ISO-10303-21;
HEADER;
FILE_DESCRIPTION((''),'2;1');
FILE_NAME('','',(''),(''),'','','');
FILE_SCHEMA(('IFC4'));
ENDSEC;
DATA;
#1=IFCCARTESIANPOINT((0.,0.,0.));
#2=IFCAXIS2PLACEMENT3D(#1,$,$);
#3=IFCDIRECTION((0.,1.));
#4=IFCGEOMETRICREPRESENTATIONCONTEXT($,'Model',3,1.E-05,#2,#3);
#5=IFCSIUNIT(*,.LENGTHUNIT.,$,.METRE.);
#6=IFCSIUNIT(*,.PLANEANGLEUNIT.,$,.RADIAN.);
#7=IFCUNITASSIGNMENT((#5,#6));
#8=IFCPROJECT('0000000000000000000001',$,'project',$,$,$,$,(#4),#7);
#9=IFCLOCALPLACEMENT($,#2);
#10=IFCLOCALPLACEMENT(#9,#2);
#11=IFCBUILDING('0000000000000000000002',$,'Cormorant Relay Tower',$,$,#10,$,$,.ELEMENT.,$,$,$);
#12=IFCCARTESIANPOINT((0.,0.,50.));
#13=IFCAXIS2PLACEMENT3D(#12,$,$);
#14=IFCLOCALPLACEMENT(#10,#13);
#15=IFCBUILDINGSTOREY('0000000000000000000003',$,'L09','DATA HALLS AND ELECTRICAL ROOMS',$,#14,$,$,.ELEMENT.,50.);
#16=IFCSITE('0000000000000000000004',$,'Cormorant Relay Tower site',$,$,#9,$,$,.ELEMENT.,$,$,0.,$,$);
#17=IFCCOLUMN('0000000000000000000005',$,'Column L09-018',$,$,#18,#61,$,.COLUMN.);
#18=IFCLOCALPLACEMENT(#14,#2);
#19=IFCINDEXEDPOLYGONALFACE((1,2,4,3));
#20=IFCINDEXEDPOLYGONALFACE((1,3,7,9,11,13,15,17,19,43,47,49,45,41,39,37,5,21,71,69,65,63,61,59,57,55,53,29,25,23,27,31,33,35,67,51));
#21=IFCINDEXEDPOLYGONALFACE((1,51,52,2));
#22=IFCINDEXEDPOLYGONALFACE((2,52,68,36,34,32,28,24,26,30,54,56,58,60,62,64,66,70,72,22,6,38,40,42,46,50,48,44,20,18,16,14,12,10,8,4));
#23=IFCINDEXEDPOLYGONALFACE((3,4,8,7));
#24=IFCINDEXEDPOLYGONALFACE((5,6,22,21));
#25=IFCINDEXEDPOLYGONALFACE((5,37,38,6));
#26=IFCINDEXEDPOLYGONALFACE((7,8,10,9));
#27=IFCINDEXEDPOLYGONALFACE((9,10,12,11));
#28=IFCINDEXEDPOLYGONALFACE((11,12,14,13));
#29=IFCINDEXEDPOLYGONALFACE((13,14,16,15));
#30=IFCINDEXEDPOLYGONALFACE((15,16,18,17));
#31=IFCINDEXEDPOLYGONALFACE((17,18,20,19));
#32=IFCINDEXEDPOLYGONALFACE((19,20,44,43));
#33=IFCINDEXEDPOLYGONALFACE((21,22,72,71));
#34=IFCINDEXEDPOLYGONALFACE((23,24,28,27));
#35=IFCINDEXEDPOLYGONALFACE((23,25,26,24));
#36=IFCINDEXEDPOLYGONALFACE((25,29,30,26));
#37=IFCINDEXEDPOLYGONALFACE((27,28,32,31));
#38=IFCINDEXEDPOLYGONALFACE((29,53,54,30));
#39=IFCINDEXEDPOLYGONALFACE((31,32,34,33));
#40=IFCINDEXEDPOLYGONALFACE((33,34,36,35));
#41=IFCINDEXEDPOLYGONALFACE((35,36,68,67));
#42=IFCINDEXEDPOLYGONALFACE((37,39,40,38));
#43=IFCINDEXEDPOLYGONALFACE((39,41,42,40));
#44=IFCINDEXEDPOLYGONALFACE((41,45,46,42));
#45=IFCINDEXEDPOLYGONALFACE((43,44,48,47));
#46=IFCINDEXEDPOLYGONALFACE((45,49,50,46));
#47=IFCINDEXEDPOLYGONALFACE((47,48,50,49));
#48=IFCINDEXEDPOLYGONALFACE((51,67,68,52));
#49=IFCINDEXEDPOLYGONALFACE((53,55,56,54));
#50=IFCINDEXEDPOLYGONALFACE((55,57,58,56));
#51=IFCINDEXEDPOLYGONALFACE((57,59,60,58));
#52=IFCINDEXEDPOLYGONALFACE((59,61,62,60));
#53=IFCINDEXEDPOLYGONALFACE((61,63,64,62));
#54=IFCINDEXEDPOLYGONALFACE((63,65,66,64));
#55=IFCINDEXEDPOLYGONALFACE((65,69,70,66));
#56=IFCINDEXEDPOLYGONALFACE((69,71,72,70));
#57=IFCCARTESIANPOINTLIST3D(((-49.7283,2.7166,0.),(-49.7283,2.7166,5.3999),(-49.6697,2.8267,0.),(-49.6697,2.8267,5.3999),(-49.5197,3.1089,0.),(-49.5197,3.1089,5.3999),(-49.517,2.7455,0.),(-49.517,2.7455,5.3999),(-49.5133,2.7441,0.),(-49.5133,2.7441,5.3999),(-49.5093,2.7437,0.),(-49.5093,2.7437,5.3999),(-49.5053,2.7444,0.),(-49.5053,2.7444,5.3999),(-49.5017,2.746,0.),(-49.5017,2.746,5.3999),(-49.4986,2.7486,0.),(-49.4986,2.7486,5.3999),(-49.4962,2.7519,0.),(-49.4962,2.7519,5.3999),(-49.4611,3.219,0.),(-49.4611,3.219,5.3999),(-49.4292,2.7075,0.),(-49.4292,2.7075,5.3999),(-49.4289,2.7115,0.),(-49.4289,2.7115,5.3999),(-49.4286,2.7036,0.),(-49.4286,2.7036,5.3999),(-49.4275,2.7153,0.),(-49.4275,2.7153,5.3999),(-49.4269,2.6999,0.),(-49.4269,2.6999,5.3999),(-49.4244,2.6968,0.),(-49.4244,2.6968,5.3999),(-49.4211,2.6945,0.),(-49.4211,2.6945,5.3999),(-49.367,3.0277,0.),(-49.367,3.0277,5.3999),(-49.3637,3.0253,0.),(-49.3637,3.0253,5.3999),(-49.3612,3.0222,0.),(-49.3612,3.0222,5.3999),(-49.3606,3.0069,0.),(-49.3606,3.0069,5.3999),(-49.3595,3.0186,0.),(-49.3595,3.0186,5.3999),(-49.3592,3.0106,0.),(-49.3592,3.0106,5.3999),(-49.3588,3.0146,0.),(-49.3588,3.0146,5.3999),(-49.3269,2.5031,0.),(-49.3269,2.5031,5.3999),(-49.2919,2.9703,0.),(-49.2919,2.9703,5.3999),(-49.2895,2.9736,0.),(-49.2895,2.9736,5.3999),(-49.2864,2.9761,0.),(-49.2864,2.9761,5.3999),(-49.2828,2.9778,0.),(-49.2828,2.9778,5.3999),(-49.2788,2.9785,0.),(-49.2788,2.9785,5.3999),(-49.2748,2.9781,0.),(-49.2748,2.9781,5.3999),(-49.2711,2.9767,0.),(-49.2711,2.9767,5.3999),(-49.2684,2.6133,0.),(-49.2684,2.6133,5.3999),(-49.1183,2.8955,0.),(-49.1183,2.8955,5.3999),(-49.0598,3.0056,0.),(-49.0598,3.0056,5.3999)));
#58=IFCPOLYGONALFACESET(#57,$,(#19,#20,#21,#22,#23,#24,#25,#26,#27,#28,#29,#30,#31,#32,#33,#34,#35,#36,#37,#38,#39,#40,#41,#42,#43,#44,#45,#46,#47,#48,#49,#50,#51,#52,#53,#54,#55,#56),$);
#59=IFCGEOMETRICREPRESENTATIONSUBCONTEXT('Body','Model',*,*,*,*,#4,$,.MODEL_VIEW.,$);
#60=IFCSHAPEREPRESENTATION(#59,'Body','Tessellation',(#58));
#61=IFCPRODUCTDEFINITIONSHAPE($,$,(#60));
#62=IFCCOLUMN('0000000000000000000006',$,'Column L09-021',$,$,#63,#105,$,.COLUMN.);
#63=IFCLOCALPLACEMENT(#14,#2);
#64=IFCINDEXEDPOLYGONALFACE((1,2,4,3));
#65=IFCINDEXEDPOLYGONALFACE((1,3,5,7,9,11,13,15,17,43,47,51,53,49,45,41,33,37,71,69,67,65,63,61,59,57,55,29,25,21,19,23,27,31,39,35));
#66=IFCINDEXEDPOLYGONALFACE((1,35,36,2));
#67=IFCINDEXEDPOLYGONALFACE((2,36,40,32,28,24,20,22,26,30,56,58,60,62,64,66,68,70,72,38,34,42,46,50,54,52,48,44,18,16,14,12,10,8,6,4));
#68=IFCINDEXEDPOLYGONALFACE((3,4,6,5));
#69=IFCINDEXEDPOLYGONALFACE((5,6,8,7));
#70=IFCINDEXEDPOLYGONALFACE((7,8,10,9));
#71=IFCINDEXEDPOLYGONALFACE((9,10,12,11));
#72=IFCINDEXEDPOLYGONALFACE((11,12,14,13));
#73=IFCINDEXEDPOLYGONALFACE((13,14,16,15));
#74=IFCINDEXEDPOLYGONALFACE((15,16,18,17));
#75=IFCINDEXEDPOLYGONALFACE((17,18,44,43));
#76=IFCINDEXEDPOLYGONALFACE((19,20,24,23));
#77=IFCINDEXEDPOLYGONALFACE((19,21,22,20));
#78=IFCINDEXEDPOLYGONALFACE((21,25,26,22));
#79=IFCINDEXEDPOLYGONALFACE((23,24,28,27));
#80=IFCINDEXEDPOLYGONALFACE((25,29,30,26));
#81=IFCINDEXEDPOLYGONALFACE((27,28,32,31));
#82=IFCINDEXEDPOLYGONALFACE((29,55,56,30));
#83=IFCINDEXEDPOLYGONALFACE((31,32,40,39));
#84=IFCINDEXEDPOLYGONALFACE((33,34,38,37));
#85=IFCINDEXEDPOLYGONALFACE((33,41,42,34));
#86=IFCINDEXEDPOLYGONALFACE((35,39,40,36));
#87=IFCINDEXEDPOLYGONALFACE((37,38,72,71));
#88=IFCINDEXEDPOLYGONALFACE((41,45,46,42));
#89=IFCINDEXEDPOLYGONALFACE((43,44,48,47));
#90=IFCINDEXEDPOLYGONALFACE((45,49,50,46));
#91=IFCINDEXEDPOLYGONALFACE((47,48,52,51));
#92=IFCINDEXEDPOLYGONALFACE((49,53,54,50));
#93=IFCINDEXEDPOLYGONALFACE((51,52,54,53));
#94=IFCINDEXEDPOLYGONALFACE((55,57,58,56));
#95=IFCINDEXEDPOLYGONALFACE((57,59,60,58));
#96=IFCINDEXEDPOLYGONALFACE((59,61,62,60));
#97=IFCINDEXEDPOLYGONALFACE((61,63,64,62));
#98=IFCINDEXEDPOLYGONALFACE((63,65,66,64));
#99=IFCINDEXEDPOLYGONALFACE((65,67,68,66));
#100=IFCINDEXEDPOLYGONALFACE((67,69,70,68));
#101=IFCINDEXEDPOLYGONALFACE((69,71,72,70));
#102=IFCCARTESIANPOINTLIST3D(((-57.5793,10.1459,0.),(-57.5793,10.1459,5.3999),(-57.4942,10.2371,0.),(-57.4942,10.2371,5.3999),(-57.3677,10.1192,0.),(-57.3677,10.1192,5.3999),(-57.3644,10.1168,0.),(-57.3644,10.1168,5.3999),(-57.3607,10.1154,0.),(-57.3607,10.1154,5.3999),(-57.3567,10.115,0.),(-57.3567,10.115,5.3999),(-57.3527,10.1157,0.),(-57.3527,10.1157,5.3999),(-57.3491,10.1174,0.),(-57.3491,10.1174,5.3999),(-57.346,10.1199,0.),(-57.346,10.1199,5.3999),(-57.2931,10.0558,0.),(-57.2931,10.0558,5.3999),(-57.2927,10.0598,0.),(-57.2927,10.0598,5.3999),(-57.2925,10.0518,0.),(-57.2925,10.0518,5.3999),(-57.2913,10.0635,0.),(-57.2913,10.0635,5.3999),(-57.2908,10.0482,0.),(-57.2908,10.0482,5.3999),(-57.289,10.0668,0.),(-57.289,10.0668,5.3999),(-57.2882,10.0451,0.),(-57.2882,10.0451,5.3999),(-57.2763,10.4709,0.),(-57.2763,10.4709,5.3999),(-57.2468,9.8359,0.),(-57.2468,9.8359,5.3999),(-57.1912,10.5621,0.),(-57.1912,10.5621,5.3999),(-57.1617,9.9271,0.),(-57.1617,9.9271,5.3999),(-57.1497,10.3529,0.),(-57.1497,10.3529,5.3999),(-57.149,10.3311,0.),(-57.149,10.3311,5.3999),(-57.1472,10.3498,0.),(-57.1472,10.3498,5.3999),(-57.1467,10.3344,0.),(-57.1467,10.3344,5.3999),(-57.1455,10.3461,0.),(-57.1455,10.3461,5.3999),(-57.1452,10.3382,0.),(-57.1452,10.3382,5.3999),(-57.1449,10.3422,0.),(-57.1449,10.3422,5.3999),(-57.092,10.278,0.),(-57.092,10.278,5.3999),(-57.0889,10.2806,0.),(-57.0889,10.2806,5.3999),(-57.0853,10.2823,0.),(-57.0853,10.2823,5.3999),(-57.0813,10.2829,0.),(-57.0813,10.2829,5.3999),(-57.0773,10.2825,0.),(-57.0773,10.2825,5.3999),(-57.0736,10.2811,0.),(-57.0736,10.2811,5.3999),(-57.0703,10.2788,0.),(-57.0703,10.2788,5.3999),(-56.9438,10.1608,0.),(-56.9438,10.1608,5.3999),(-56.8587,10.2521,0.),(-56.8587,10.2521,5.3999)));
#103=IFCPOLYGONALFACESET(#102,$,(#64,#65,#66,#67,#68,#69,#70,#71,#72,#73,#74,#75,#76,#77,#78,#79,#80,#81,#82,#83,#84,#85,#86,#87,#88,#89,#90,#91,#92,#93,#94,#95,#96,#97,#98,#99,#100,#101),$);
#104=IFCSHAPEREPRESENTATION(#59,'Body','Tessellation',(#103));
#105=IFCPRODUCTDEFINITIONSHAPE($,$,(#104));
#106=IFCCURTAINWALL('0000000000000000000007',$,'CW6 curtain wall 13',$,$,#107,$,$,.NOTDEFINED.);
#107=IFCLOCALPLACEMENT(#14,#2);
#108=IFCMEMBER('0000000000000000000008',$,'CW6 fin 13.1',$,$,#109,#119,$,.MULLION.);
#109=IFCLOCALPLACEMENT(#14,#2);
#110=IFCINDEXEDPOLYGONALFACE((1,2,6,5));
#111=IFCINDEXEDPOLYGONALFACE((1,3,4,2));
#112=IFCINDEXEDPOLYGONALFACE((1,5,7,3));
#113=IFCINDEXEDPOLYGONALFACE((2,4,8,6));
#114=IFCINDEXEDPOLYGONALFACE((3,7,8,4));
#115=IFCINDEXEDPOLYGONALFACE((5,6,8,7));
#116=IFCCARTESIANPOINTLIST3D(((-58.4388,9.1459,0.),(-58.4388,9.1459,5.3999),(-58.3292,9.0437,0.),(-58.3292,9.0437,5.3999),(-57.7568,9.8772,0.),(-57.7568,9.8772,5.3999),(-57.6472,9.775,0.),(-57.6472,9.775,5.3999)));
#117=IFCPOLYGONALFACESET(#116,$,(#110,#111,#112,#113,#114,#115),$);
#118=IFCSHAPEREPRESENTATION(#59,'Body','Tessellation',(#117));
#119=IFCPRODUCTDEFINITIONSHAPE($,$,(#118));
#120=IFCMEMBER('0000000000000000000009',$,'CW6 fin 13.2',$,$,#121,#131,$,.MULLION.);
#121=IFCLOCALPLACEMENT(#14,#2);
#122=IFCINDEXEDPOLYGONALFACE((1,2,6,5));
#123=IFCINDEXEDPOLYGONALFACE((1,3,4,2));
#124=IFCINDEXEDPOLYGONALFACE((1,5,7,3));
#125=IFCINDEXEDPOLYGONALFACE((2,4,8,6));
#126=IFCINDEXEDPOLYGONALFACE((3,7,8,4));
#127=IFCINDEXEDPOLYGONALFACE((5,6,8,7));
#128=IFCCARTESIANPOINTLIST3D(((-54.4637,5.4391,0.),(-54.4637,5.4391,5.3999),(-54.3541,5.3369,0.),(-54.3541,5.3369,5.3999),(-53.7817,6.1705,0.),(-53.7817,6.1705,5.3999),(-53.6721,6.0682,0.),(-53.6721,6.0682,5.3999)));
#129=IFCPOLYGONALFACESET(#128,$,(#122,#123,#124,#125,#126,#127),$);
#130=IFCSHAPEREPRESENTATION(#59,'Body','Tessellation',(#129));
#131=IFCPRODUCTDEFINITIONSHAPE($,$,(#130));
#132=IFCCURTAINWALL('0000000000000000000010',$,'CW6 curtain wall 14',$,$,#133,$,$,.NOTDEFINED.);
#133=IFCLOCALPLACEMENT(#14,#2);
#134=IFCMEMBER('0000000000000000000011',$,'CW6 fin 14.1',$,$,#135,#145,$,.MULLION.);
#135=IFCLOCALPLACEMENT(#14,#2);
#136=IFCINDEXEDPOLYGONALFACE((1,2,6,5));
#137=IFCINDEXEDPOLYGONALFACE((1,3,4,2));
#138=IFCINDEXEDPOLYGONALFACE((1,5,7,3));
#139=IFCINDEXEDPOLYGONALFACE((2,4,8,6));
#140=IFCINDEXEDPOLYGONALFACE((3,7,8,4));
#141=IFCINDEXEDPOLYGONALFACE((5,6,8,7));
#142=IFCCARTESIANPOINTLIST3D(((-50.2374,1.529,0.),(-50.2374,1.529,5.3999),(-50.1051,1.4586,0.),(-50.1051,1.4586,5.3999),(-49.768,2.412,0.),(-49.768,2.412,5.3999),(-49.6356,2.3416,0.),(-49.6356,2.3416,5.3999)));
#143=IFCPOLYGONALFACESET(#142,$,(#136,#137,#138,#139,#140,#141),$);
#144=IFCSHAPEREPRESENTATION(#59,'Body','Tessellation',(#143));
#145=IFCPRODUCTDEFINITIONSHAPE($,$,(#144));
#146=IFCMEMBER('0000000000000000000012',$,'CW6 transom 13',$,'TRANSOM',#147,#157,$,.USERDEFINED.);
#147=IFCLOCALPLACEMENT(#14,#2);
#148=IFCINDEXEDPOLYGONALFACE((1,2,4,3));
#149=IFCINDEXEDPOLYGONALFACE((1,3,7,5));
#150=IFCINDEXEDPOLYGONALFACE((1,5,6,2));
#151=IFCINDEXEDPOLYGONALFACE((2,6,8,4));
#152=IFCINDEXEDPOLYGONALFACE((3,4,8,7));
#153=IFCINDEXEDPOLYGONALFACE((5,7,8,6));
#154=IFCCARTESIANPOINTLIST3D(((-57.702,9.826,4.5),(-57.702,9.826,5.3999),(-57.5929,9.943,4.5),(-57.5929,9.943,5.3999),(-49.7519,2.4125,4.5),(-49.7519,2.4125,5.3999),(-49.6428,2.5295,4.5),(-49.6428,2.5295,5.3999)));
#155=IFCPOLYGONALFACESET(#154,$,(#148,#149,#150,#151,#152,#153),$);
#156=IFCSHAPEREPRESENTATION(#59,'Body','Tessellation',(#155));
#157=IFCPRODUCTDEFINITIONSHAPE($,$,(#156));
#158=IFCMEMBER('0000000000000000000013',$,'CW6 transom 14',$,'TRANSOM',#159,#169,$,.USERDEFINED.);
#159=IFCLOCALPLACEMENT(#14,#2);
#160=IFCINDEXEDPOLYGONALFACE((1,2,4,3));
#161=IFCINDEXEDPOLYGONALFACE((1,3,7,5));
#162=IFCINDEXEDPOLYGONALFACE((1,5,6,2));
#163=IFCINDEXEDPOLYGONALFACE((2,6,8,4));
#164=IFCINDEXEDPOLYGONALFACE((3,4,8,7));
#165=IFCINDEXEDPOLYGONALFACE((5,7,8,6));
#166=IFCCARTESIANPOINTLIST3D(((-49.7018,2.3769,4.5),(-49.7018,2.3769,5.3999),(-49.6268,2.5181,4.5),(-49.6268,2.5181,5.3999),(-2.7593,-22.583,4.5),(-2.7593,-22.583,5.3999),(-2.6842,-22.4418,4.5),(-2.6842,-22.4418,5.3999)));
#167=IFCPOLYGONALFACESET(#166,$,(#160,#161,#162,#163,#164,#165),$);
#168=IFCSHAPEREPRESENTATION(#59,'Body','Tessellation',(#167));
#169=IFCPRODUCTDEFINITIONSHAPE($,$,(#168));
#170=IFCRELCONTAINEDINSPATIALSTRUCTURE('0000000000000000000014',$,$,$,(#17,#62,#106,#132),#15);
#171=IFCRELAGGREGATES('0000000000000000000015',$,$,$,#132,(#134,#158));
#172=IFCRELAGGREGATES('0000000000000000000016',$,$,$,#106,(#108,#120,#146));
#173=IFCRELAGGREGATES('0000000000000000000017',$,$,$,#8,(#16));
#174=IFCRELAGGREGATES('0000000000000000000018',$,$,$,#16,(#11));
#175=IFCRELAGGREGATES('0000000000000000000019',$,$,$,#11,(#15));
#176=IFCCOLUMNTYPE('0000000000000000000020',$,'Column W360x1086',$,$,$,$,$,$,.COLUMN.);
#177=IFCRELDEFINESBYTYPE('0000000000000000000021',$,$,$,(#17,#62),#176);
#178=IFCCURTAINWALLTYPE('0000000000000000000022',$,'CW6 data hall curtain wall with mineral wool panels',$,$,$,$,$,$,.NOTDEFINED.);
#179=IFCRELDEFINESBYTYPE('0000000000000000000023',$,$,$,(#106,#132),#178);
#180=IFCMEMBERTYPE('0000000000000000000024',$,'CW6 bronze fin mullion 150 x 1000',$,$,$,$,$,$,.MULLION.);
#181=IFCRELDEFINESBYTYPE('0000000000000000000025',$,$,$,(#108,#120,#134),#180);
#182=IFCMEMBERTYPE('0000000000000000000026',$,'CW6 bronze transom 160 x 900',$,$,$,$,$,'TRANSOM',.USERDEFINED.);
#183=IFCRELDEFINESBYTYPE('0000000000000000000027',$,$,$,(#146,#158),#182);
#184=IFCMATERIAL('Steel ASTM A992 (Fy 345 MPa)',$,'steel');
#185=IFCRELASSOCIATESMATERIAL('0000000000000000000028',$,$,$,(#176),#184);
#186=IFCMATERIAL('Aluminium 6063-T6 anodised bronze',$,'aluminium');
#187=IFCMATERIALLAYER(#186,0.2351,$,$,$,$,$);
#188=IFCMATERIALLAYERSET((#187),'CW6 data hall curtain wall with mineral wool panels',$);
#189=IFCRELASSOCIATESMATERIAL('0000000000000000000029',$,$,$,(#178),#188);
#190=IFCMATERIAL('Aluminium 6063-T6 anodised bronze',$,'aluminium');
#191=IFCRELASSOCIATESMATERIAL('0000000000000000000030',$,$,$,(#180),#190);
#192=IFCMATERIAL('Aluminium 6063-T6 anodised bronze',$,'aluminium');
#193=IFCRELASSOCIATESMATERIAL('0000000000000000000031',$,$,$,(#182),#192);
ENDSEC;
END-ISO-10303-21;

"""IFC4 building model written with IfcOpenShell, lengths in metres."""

from ifc_helpers import new_model, si_unit, direction, frame, origin, origin_2d, place, context, subcontext, project, spatial, rectangle, i_section, extrude, material, layer, layer_set, material_profile, profile_set, type_object, element, aggregate, save


model = new_model("IFC4")

# Units and contexts
model_context = context("Model", 3, precision=1e-05, world=origin(), true_north=direction((0.0, 1.0)))
body_context = subcontext(model_context, "Body", "Model", "MODEL_VIEW")
ifc_project = project(units=[si_unit("LENGTHUNIT", "METRE"), si_unit("PLANEANGLEUNIT", "RADIAN")], contexts=[model_context])

# Site, building, storey
site_placement = place(None, origin())
site = spatial("IfcSite", under=ifc_project, at=site_placement, Name="Cormorant Relay Tower site", CompositionType="ELEMENT", RefElevation=0.0)
building_placement = place(site_placement, origin())
building = spatial("IfcBuilding", under=site, at=building_placement, Name="Cormorant Relay Tower", CompositionType="ELEMENT")
storey_placement = place(building_placement, frame((0.0, 0.0, 50.0)))
storey = spatial("IfcBuildingStorey", under=building, at=storey_placement, Name="L09", Description="DATA HALLS AND ELECTRICAL ROOMS", CompositionType="ELEMENT", Elevation=50.0)

# Columns
ifc_material_1 = material(Name="Steel ASTM A992 (Fy 345 MPa)", Category="steel")
ifc_material_profile_1 = material_profile(ifc_material_1, i_section(OverallWidth=0.4546, OverallDepth=0.5691, WebThickness=0.0779, FlangeThickness=0.1248, FilletRadius=0.0154, at=origin_2d()), Name="W360x1086")
ifc_profile_set_1 = profile_set([ifc_material_profile_1], Name="Steel ASTM A992 (Fy 345 MPa)")
column_type = type_object("IfcColumnType", Name="Column W360x1086", PredefinedType="COLUMN", material=ifc_profile_set_1)
for number, where, z_axis, x_axis, name in (
    (1, (-49.394, 2.8611, 0.0), (0.0, 0.0, 1.0), (0.882948, -0.469472, 0.0), "Column L09-018"),
    (2, (-57.219, 10.199, 0.0), (0.0, 0.0, 1.0), (0.731354, -0.681998, 0.0), "Column L09-021"),
):
    element("IfcColumn", number, at=place(storey_placement, frame(where, z_axis=z_axis, x_axis=x_axis)), inside=storey, type_object=column_type, Name=name, PredefinedType="COLUMN", context=body_context, shape_type="SweptSolid", body=[
        extrude(i_section(OverallWidth=0.4546, OverallDepth=0.5691, WebThickness=0.0779, FlangeThickness=0.1248, FilletRadius=0.0154, at=origin_2d()), origin(), (0.0, 0.0, 1.0), 5.3999),
    ])

# Curtain wall, members
ifc_material_2 = material(Name="Aluminium 6063-T6 anodised bronze", Category="aluminium")
ifc_layer_1 = layer(ifc_material_2, 0.2351)
ifc_layer_set_1 = layer_set([ifc_layer_1], Name="CW6 data hall curtain wall with mineral wool panels")
curtain_wall_type = type_object("IfcCurtainWallType", Name="CW6 data hall curtain wall with mineral wool panels", PredefinedType="NOTDEFINED", material=ifc_layer_set_1)
curtain_wall_1_placement = place(storey_placement, origin())
curtain_wall_1 = element("IfcCurtainWall", 3, at=curtain_wall_1_placement, inside=storey, type_object=curtain_wall_type, Name="CW6 curtain wall 13", PredefinedType="NOTDEFINED")
ifc_material_3 = material(Name="Aluminium 6063-T6 anodised bronze", Category="aluminium")
ifc_material_profile_2 = material_profile(ifc_material_3, rectangle(XDim=0.1499, YDim=1.0, at=origin_2d()), Name="AL 150x1000")
ifc_profile_set_2 = profile_set([ifc_material_profile_2], Name="Aluminium 6063-T6 anodised bronze")
member_type_1 = type_object("IfcMemberType", Name="CW6 bronze fin mullion 150 x 1000", PredefinedType="MULLION", material=ifc_profile_set_2)
member_1_placement = place(storey_placement, frame((-58.043, 9.4604, 0.0), z_axis=(0.0, 0.0, 1.0), x_axis=(0.731354, -0.681998, 0.0)))
member_1 = element("IfcMember", 4, at=member_1_placement, type_object=member_type_1, Name="CW6 fin 13.1", PredefinedType="MULLION", context=body_context, shape_type="SweptSolid", body=[
    extrude(rectangle(XDim=0.1499, YDim=1.0, at=origin_2d()), origin(), (0.0, 0.0, 1.0), 5.3999),
])
member_2_placement = place(storey_placement, frame((-54.0679, 5.7537, 0.0), z_axis=(0.0, 0.0, 1.0), x_axis=(0.731354, -0.681998, 0.0)))
member_2 = element("IfcMember", 5, at=member_2_placement, type_object=member_type_1, Name="CW6 fin 13.2", PredefinedType="MULLION", context=body_context, shape_type="SweptSolid", body=[
    extrude(rectangle(XDim=0.1499, YDim=1.0, at=origin_2d()), origin(), (0.0, 0.0, 1.0), 5.3999),
])

# Curtain wall, member
curtain_wall_2_placement = place(storey_placement, origin())
curtain_wall_2 = element("IfcCurtainWall", 6, at=curtain_wall_2_placement, inside=storey, type_object=curtain_wall_type, Name="CW6 curtain wall 14", PredefinedType="NOTDEFINED")
member_3_placement = place(storey_placement, frame((-49.9365, 1.9353, 0.0), z_axis=(0.0, 0.0, 1.0), x_axis=(0.882948, -0.469472, 0.0)))
member_3 = element("IfcMember", 7, at=member_3_placement, type_object=member_type_1, Name="CW6 fin 14.1", PredefinedType="MULLION", context=body_context, shape_type="SweptSolid", body=[
    extrude(rectangle(XDim=0.1499, YDim=1.0, at=origin_2d()), origin(), (0.0, 0.0, 1.0), 5.3999),
])

# Members
ifc_material_4 = material(Name="Aluminium 6063-T6 anodised bronze", Category="aluminium")
ifc_material_profile_3 = material_profile(ifc_material_4, rectangle(XDim=0.1599, YDim=0.8999, at=origin_2d()), Name="AL 160x900")
ifc_profile_set_3 = profile_set([ifc_material_profile_3], Name="Aluminium 6063-T6 anodised bronze")
member_type_2 = type_object("IfcMemberType", Name="CW6 bronze transom 160 x 900", ElementType="TRANSOM", PredefinedType="USERDEFINED", material=ifc_profile_set_3)
member_4_placement = place(storey_placement, frame((-57.6475, 9.8845, 4.95), z_axis=(0.731358, -0.681993, 0.0), x_axis=(0.681993, 0.731358, 0.0)))
member_4 = element("IfcMember", 8, at=member_4_placement, type_object=member_type_2, Name="CW6 transom 13", ObjectType="TRANSOM", PredefinedType="USERDEFINED", context=body_context, shape_type="SweptSolid", body=[
    extrude(rectangle(XDim=0.1599, YDim=0.8999, at=origin_2d()), origin(), (0.0, 0.0, 1.0), 10.8704),
])
member_5_placement = place(storey_placement, frame((-49.6643, 2.4475, 4.95), z_axis=(0.882947, -0.469473, 0.0), x_axis=(0.469473, 0.882947, 0.0)))
member_5 = element("IfcMember", 9, at=member_5_placement, type_object=member_type_2, Name="CW6 transom 14", ObjectType="TRANSOM", PredefinedType="USERDEFINED", context=body_context, shape_type="SweptSolid", body=[
    extrude(rectangle(XDim=0.1599, YDim=0.8999, at=origin_2d()), origin(), (0.0, 0.0, 1.0), 53.1658),
])
aggregate(curtain_wall_2, [member_3, member_5])

aggregate(curtain_wall_1, [member_1, member_2, member_4])

save(model, "model.ifc")
